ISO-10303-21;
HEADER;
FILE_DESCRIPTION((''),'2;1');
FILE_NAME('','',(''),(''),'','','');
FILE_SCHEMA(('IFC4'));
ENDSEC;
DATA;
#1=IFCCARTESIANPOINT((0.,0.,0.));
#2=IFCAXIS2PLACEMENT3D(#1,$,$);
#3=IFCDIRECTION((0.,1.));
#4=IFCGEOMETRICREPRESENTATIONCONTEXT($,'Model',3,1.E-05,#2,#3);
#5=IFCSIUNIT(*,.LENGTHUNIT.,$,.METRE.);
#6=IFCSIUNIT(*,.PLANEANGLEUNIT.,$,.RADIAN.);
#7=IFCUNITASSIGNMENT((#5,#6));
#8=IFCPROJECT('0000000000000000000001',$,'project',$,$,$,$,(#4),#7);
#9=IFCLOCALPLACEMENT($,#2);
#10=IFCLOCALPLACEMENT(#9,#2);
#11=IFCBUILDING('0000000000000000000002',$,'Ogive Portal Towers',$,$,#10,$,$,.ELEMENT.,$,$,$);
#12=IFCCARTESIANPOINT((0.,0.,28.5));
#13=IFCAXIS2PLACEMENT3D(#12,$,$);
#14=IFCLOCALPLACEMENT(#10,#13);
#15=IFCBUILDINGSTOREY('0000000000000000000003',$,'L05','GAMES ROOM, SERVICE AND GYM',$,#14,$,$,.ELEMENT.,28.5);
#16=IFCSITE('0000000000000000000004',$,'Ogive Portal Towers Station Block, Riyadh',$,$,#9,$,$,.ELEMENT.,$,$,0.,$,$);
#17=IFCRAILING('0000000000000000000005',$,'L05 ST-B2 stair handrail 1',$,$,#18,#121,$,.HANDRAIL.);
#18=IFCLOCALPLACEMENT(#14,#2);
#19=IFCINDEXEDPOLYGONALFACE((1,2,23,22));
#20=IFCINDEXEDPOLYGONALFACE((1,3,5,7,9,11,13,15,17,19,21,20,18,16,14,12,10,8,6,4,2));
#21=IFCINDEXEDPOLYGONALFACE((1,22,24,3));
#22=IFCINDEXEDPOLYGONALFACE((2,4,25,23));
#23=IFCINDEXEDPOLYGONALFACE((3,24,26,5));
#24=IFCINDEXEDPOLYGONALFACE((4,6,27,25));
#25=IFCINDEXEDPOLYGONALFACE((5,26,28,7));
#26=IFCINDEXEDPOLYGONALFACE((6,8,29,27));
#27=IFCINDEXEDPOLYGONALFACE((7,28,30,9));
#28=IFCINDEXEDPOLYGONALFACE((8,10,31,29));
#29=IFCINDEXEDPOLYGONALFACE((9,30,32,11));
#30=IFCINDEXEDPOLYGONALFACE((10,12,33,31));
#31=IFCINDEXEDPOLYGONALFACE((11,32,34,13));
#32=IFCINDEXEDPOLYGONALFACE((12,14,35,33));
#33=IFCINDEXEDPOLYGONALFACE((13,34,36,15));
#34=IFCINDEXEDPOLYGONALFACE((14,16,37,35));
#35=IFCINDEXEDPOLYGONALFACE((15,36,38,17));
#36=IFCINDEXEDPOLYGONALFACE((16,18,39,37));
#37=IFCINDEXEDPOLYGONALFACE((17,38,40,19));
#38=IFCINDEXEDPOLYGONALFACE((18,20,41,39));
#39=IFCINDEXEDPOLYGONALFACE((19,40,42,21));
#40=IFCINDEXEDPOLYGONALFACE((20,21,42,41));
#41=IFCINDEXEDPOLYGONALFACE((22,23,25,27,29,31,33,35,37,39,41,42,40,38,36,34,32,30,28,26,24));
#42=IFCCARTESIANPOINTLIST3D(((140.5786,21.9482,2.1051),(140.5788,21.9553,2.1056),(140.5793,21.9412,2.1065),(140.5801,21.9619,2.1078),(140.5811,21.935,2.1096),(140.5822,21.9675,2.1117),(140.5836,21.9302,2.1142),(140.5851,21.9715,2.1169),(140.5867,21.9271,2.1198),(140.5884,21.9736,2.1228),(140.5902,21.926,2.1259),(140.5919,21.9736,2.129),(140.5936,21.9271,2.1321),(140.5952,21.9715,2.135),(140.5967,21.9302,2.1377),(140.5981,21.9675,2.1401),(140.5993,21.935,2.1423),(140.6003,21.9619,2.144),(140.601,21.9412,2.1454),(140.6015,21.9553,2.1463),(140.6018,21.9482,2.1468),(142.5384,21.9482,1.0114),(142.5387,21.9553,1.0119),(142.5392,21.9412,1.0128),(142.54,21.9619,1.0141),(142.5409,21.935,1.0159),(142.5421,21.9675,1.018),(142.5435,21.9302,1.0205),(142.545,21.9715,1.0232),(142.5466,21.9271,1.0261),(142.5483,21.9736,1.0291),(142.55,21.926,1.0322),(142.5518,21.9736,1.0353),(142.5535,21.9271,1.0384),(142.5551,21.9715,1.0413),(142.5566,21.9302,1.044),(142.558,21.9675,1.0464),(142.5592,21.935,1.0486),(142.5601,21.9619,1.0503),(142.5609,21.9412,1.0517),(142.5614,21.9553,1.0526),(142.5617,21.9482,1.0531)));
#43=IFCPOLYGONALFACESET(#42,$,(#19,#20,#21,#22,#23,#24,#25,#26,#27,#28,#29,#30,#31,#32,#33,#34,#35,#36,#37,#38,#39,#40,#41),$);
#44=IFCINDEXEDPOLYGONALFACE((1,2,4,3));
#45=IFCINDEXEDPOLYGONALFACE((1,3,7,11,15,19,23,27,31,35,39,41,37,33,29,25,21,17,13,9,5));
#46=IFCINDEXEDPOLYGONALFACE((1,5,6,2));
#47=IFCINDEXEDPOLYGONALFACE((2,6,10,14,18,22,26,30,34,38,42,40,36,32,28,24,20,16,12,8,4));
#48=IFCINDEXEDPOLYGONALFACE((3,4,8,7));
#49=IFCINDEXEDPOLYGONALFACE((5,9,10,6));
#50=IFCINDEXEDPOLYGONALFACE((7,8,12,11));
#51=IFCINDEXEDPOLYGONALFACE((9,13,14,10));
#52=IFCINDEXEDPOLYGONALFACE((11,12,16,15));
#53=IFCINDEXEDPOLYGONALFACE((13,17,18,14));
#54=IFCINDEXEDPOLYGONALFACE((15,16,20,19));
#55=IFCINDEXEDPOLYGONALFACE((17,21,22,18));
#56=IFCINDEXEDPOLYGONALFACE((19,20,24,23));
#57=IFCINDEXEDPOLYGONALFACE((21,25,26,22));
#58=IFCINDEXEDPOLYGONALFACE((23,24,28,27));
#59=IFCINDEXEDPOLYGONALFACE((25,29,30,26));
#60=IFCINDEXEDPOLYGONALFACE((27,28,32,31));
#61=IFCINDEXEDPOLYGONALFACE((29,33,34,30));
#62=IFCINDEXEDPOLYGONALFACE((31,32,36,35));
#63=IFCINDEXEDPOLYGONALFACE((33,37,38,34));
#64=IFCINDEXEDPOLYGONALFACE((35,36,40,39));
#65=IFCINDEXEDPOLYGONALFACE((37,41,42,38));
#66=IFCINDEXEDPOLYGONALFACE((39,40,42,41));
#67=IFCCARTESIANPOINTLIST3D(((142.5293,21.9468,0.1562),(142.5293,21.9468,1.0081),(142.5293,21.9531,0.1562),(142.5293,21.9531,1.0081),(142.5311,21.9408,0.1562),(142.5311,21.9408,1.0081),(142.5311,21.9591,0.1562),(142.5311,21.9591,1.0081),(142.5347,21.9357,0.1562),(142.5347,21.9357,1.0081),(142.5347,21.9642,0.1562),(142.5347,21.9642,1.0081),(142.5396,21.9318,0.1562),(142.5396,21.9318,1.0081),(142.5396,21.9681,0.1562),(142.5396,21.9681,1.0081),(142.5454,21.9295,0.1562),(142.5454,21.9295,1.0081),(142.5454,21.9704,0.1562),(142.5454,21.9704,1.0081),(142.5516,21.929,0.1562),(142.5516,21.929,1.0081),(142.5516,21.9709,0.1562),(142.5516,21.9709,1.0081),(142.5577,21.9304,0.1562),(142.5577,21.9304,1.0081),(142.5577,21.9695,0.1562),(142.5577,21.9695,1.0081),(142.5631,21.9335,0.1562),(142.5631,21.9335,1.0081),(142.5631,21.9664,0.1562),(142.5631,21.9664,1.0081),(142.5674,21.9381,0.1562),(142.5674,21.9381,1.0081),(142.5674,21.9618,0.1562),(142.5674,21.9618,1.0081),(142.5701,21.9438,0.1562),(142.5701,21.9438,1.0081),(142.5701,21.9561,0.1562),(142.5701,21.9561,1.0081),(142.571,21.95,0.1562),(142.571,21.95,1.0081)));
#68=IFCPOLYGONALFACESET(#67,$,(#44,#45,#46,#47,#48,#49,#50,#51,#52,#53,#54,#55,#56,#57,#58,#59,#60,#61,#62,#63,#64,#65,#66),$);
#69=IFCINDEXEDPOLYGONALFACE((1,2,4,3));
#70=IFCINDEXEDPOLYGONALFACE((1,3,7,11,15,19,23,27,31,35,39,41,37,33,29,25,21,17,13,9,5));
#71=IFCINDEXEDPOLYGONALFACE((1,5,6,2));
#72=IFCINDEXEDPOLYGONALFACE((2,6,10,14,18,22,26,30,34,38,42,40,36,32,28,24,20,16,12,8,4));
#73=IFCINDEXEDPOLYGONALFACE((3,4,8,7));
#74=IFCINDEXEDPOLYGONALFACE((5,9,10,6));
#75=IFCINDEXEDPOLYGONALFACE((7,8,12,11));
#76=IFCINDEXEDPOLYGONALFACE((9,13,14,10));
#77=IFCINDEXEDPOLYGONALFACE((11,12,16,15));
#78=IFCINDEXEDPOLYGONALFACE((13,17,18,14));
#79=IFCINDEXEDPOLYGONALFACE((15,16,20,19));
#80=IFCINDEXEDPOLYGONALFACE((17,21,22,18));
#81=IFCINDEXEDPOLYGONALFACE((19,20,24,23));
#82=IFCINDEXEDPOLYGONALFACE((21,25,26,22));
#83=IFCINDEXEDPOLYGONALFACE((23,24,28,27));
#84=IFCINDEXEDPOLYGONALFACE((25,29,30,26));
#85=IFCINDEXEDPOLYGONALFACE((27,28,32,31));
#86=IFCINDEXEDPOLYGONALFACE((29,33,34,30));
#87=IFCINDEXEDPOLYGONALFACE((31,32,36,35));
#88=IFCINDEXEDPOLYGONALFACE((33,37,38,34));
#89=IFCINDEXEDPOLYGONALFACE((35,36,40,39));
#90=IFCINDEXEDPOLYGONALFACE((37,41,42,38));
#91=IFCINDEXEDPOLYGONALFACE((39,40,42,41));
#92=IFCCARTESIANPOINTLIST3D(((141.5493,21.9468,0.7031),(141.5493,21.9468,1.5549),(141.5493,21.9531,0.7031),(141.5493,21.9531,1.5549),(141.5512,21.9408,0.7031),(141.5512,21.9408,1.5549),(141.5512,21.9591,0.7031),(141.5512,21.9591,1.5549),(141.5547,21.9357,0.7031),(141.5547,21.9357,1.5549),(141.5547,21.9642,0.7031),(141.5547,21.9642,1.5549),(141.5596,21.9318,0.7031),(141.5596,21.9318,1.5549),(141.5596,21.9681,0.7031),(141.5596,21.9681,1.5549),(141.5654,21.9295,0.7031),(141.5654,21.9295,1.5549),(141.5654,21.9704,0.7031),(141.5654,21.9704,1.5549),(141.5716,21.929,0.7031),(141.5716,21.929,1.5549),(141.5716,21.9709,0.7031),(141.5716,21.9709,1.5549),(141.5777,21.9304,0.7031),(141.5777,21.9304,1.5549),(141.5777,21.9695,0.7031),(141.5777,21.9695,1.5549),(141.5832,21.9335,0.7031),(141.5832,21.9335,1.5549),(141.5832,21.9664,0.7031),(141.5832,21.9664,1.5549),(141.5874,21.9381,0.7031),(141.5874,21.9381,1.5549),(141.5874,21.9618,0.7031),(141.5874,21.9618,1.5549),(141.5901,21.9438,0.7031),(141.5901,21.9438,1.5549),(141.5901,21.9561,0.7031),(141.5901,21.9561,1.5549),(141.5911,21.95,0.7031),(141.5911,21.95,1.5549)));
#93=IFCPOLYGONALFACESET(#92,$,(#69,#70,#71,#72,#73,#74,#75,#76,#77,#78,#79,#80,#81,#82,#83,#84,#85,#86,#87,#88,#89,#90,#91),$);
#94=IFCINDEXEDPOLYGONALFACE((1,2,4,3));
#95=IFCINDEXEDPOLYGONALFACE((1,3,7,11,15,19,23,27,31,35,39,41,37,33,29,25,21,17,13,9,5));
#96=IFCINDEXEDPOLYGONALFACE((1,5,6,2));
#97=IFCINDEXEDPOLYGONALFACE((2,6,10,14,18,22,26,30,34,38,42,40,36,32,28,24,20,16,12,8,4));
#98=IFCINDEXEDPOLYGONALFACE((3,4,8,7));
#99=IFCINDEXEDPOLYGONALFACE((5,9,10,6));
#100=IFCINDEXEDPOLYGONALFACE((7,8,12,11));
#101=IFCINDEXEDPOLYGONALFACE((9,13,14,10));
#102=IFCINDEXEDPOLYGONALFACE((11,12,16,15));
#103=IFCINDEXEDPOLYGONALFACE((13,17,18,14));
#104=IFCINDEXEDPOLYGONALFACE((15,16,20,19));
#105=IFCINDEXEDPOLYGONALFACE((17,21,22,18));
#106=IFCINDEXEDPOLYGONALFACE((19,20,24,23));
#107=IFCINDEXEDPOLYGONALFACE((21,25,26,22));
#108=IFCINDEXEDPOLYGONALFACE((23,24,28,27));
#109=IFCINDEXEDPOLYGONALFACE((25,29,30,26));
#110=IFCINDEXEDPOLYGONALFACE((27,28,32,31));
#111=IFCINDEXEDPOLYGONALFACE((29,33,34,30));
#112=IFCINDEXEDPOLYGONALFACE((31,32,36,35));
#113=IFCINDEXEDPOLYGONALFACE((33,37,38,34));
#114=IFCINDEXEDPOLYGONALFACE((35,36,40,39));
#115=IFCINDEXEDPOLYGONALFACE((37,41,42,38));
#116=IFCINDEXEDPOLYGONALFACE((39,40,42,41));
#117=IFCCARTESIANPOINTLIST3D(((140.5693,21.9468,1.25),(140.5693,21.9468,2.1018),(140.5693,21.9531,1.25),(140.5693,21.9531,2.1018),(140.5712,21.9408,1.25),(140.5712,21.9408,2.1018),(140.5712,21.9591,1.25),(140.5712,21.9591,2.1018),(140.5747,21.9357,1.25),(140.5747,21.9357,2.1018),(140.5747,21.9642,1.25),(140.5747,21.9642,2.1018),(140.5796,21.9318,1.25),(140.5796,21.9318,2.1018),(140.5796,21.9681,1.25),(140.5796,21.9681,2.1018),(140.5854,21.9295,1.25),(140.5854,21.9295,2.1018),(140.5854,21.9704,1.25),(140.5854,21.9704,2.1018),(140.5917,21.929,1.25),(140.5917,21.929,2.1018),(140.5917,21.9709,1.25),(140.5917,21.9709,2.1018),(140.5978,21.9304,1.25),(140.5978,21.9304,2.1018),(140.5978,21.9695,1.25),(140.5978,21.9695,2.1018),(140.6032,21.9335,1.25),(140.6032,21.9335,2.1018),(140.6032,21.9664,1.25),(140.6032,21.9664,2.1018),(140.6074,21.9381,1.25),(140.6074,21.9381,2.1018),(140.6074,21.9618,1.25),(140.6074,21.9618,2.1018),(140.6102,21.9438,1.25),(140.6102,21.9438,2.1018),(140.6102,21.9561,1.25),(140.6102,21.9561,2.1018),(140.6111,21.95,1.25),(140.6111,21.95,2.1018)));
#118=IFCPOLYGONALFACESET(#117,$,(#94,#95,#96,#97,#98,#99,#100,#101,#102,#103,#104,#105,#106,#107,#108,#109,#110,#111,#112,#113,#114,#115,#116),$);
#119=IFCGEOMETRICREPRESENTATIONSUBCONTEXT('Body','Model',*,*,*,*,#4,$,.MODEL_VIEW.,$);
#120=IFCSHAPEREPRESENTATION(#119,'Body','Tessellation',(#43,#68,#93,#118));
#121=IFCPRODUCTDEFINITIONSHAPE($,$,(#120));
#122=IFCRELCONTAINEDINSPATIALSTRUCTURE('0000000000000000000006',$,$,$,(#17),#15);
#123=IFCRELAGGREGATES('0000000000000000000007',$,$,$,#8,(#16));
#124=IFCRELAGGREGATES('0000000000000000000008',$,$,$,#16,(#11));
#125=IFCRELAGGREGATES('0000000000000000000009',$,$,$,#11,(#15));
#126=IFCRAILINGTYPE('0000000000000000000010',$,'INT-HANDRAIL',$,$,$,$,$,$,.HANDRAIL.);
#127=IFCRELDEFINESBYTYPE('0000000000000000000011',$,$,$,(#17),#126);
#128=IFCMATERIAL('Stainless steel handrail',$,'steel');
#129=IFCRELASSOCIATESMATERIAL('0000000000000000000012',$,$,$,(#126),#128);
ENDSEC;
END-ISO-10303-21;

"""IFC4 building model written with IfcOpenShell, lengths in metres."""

from ifc_helpers import new_model, si_unit, direction, frame, origin, origin_2d, place, context, subcontext, project, spatial, circle, extrude, material, type_object, element, save


model = new_model("IFC4")

# Units and contexts
model_context = context("Model", 3, precision=1e-05, world=origin(), true_north=direction((0.0, 1.0)))
body_context = subcontext(model_context, "Body", "Model", "MODEL_VIEW")
ifc_project = project(units=[si_unit("LENGTHUNIT", "METRE"), si_unit("PLANEANGLEUNIT", "RADIAN")], contexts=[model_context])

# Site, building, storey
site_placement = place(None, origin())
site = spatial("IfcSite", under=ifc_project, at=site_placement, Name="Ogive Portal Towers Station Block, Riyadh", CompositionType="ELEMENT", RefElevation=0.0)
building_placement = place(site_placement, origin())
building = spatial("IfcBuilding", under=site, at=building_placement, Name="Ogive Portal Towers", CompositionType="ELEMENT")
storey_placement = place(building_placement, frame((0.0, 0.0, 28.5)))
storey = spatial("IfcBuildingStorey", under=building, at=storey_placement, Name="L05", Description="GAMES ROOM, SERVICE AND GYM", CompositionType="ELEMENT", Elevation=28.5)

# Railing
ifc_material_1 = material(Name="Stainless steel handrail", Category="steel")
railing_type_1 = type_object("IfcRailingType", Name="INT-HANDRAIL", PredefinedType="HANDRAIL", material=ifc_material_1)
railing_1_placement = place(storey_placement, frame((142.55, 21.95, 0.1562)))
element("IfcRailing", 1, at=railing_1_placement, inside=storey, type_object=railing_type_1, Name="L05 ST-B2 stair handrail 1", PredefinedType="HANDRAIL", context=body_context, shape_type="SweptSolid", body=[
    extrude(circle(Radius=0.0239, at=origin_2d()), frame((0.0, 0.0, 0.876), z_axis=(-0.873232, 0.0, 0.487304), x_axis=(0.0, -1.0, 0.0)), (0.0, 0.0, 1.0), 2.2444),
    extrude(circle(Radius=0.021, at=origin_2d()), origin(), (0.0, 0.0, 1.0), 0.8518),
    extrude(circle(Radius=0.021, at=origin_2d()), frame((-0.98, 0.0, 0.5469)), (0.0, 0.0, 1.0), 0.8518),
    extrude(circle(Radius=0.021, at=origin_2d()), frame((-1.96, 0.0, 1.0938)), (0.0, 0.0, 1.0), 0.8518),
])

save(model, "model.ifc")
